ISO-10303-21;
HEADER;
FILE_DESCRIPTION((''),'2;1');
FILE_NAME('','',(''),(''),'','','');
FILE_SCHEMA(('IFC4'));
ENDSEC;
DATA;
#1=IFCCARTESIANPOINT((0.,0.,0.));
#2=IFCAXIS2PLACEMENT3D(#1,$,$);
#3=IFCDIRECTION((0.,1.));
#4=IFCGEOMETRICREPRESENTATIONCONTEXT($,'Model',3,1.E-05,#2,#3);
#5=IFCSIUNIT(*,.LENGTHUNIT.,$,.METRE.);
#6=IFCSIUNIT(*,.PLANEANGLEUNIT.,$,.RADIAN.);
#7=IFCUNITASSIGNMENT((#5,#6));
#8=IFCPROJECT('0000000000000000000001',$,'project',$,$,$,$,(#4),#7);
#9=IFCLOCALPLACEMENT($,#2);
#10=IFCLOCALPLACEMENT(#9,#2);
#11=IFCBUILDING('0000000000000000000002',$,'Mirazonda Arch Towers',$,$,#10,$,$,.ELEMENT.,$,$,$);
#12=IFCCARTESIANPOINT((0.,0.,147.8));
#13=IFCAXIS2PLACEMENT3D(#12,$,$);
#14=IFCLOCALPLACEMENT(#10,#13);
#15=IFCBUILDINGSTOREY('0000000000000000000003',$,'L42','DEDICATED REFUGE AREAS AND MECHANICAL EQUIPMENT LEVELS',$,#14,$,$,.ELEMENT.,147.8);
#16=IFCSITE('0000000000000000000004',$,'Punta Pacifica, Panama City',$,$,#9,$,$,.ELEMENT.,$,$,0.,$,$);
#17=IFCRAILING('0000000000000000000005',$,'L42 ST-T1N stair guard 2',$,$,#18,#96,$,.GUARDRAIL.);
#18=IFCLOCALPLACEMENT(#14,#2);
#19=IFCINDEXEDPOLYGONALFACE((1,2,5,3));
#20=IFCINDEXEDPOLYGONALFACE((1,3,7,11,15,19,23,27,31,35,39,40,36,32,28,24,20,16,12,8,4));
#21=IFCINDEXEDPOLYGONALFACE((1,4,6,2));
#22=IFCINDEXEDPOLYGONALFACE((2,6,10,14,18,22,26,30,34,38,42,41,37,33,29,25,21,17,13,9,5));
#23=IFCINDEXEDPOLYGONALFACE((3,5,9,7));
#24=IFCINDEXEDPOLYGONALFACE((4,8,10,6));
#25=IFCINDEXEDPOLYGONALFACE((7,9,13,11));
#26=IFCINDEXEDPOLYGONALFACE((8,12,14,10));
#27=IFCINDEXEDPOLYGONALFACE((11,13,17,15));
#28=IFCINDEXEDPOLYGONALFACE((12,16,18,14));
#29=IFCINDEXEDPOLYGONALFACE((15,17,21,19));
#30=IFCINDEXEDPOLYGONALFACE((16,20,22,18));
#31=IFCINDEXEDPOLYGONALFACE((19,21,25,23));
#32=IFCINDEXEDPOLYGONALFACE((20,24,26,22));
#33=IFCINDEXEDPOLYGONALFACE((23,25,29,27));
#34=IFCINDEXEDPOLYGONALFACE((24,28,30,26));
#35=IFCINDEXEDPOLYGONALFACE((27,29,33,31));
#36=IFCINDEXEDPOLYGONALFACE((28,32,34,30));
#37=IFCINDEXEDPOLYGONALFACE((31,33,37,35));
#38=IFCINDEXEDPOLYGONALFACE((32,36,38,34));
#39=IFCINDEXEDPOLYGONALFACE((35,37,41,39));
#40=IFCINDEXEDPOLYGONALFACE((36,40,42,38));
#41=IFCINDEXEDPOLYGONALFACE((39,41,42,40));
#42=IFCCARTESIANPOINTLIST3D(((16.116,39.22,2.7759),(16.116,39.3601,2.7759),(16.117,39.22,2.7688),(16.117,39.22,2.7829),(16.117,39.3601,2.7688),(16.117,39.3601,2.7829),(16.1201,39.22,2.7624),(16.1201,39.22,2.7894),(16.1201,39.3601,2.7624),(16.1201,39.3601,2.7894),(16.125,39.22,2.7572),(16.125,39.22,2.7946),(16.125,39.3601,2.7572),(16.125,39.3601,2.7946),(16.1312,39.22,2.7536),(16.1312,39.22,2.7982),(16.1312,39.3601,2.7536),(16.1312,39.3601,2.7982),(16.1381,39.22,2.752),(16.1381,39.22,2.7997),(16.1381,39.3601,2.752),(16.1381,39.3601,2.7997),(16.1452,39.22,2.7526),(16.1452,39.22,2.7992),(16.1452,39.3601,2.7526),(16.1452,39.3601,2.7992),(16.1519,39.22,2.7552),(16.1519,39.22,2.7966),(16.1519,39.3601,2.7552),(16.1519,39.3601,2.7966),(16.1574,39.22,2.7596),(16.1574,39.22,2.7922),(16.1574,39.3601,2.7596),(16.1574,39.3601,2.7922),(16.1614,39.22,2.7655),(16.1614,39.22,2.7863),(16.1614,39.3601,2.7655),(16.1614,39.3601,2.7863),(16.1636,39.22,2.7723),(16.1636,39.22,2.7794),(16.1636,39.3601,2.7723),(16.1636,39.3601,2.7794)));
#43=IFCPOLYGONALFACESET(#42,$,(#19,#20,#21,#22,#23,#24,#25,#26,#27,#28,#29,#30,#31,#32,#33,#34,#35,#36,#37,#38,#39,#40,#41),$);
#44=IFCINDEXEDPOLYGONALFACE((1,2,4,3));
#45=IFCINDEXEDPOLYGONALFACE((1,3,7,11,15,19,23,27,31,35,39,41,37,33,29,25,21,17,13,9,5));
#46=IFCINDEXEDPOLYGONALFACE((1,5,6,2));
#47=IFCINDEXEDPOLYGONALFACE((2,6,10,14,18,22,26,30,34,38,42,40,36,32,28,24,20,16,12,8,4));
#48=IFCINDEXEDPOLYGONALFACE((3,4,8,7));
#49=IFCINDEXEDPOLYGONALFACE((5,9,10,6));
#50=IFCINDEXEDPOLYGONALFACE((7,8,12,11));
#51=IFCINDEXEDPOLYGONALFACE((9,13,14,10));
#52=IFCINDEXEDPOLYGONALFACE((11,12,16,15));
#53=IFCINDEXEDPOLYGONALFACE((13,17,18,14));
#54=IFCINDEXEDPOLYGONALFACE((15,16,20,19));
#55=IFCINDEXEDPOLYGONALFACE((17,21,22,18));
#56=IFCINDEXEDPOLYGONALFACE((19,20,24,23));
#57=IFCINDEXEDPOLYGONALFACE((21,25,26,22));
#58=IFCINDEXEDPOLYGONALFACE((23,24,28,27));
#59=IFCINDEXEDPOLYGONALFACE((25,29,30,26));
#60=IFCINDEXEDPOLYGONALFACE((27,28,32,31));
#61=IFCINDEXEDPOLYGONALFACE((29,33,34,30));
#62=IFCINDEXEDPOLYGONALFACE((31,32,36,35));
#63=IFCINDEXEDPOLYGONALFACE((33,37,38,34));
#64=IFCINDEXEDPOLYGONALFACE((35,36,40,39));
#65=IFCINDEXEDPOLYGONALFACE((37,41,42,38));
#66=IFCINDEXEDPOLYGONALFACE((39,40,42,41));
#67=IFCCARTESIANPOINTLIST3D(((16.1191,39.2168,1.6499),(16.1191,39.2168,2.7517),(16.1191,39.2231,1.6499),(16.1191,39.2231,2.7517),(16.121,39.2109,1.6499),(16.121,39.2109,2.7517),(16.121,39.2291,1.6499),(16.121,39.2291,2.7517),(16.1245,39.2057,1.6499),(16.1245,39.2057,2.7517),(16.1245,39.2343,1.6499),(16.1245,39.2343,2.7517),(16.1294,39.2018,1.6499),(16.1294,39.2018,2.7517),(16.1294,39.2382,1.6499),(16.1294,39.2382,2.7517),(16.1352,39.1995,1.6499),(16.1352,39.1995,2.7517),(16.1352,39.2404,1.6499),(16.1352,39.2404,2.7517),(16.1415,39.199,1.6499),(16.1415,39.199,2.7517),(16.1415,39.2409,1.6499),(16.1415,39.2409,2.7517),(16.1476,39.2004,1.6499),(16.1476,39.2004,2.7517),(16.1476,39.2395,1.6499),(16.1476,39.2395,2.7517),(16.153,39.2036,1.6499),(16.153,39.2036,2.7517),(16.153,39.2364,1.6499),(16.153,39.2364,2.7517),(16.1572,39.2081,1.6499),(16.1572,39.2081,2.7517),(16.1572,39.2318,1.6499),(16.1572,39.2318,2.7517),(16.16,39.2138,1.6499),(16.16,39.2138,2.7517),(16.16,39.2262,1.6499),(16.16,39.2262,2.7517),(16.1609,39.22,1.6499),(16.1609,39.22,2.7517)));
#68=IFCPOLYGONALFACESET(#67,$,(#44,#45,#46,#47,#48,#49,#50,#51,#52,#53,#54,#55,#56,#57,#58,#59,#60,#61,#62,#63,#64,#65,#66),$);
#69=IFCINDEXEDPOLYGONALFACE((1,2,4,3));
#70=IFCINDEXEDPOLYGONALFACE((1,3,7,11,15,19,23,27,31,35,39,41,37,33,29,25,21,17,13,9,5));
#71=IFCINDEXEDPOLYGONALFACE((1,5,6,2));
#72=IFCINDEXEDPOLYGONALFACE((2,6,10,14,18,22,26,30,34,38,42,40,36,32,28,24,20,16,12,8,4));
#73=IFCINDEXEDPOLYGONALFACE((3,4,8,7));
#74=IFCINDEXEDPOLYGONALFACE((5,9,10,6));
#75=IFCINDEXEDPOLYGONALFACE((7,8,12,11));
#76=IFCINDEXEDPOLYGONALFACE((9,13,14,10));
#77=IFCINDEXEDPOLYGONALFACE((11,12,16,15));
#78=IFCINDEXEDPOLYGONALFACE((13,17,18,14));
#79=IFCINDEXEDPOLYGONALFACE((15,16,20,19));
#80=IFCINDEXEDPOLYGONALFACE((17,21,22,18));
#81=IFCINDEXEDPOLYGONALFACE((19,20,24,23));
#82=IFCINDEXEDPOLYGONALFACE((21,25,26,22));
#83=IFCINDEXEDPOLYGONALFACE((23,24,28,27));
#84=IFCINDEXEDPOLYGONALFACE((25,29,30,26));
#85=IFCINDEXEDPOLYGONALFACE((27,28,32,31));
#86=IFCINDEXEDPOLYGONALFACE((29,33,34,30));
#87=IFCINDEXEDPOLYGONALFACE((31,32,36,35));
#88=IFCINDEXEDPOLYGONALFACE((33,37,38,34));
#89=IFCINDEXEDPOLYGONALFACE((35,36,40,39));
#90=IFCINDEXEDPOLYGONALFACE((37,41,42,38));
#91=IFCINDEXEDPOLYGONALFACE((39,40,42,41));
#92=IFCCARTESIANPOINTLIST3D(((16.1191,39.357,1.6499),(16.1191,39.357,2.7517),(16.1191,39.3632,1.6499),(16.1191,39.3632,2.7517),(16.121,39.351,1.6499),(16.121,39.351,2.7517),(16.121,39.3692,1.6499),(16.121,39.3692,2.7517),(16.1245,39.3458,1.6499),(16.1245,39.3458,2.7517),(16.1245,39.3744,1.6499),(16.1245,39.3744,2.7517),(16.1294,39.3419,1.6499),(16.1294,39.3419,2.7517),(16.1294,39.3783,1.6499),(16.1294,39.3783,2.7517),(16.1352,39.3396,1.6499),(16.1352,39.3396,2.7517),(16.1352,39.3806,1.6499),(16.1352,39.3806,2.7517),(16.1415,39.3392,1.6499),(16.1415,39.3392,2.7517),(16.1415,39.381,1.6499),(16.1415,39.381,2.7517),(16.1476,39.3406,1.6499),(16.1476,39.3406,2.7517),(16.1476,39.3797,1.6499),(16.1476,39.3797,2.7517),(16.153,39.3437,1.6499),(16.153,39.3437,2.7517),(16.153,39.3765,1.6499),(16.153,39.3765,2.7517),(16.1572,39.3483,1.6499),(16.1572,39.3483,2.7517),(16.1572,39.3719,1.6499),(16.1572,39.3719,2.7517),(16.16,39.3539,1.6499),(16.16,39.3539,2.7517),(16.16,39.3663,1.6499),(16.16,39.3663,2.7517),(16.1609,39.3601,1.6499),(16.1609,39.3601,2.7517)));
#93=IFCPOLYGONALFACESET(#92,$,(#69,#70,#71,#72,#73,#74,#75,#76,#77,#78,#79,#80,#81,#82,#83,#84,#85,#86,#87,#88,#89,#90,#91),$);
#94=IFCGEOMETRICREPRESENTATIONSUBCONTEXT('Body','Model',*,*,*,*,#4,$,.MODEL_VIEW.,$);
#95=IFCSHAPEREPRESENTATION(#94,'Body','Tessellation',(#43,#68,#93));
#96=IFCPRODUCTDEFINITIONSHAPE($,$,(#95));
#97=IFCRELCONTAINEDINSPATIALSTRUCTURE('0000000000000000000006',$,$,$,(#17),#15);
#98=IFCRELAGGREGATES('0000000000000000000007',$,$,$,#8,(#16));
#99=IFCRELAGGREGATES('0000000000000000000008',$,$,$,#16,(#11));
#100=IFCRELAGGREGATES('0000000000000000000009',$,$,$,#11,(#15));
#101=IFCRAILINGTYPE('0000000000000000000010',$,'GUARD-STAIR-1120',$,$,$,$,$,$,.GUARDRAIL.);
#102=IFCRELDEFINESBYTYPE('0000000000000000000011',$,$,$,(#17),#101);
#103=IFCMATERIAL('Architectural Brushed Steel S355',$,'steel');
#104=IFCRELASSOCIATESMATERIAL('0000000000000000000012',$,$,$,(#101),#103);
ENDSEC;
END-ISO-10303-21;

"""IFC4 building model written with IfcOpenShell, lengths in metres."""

from ifc_helpers import new_model, si_unit, direction, frame, origin, origin_2d, place, context, subcontext, project, spatial, circle, extrude, material, type_object, element, save


model = new_model("IFC4")

# Units and contexts
model_context = context("Model", 3, precision=1e-05, world=origin(), true_north=direction((0.0, 1.0)))
body_context = subcontext(model_context, "Body", "Model", "MODEL_VIEW")
ifc_project = project(units=[si_unit("LENGTHUNIT", "METRE"), si_unit("PLANEANGLEUNIT", "RADIAN")], contexts=[model_context])

# Site, building, storey
site_placement = place(None, origin())
site = spatial("IfcSite", under=ifc_project, at=site_placement, Name="Punta Pacifica, Panama City", CompositionType="ELEMENT", RefElevation=0.0)
building_placement = place(site_placement, origin())
building = spatial("IfcBuilding", under=site, at=building_placement, Name="Mirazonda Arch Towers", CompositionType="ELEMENT")
storey_placement = place(building_placement, frame((0.0, 0.0, 147.8)))
storey = spatial("IfcBuildingStorey", under=building, at=storey_placement, Name="L42", Description="DEDICATED REFUGE AREAS AND MECHANICAL EQUIPMENT LEVELS", CompositionType="ELEMENT", Elevation=147.8)

# Shared definitions
ifc_material_1 = material(Name="Architectural Brushed Steel S355", Category="steel")

# Railing
railing_type_1 = type_object("IfcRailingType", Name="GUARD-STAIR-1120", PredefinedType="GUARDRAIL", material=ifc_material_1)
railing_1_placement = place(storey_placement, frame((16.1399, 39.22, 1.6499)))
element("IfcRailing", 1, at=railing_1_placement, inside=storey, type_object=railing_type_1, Name="L42 ST-T1N stair guard 2", PredefinedType="GUARDRAIL", context=body_context, shape_type="SweptSolid", body=[
    extrude(circle(Radius=0.0239, at=origin_2d()), frame((0.0, 0.0, 1.126), z_axis=(0.0, 1.0, 0.0), x_axis=(-1.0, 0.0, 0.0)), (0.0, 0.0, 1.0), 0.1401),
    extrude(circle(Radius=0.021, at=origin_2d()), origin(), (0.0, 0.0, 1.0), 1.1018),
    extrude(circle(Radius=0.021, at=origin_2d()), frame((0.0, 0.1401, 0.0)), (0.0, 0.0, 1.0), 1.1018),
])

save(model, "model.ifc")
